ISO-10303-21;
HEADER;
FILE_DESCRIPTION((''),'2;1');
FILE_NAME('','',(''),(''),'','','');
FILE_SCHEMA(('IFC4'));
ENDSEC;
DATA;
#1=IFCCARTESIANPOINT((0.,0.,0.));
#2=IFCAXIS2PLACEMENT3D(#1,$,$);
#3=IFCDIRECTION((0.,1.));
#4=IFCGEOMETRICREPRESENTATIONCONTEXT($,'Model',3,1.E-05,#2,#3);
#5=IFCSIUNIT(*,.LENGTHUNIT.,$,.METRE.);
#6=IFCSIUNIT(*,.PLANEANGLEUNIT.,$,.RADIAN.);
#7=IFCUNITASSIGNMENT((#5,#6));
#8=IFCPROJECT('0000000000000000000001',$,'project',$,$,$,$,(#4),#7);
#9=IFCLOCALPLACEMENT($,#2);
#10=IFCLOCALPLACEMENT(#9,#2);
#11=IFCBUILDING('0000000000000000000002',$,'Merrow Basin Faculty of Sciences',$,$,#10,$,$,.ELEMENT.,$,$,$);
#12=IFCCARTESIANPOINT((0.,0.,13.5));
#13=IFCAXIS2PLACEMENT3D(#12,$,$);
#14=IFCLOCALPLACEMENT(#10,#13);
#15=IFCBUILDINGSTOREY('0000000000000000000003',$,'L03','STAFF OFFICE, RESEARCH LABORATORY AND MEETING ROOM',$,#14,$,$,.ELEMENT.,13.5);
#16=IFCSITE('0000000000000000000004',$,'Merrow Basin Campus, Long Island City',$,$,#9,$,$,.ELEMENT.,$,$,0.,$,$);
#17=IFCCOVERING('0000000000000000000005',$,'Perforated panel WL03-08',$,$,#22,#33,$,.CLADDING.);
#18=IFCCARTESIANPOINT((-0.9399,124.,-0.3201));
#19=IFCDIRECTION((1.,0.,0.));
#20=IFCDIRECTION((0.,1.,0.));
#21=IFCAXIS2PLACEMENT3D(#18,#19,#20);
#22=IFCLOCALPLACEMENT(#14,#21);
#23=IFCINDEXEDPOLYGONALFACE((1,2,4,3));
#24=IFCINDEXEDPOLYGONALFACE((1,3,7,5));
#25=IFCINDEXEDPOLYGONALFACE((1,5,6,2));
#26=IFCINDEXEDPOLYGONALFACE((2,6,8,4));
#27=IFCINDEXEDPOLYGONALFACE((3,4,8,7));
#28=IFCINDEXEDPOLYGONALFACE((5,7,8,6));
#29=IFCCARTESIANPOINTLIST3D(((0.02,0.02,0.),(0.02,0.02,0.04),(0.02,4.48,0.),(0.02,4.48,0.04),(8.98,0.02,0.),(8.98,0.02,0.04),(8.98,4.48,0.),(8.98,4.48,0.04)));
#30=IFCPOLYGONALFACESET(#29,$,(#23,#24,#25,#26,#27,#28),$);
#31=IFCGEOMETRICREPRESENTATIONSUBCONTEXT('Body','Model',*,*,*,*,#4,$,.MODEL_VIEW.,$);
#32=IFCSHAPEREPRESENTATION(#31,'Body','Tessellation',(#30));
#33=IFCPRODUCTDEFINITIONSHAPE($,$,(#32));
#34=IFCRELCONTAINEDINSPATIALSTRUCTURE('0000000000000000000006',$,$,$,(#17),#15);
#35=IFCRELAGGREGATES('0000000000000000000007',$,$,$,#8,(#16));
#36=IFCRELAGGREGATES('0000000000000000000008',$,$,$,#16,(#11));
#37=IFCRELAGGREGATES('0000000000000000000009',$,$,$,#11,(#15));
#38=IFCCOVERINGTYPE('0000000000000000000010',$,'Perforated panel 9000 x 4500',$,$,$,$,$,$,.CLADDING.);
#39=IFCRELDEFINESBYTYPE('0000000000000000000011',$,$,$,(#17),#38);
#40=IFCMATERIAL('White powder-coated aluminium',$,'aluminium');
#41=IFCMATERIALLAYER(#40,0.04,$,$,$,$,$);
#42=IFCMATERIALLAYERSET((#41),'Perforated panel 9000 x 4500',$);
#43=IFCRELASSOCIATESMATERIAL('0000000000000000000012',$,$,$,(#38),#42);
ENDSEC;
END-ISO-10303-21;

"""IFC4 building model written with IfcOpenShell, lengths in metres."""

from ifc_helpers import new_model, si_unit, direction, frame, origin, place, context, subcontext, project, spatial, polyline, outline, extrude, source, transform, mapped, material, layer, layer_set, type_object, element, save


model = new_model("IFC4")

# Units and contexts
model_context = context("Model", 3, precision=1e-05, world=origin(), true_north=direction((0.0, 1.0)))
body_context = subcontext(model_context, "Body", "Model", "MODEL_VIEW")
ifc_project = project(units=[si_unit("LENGTHUNIT", "METRE"), si_unit("PLANEANGLEUNIT", "RADIAN")], contexts=[model_context])

# Site, building, storey
site_placement = place(None, origin())
site = spatial("IfcSite", under=ifc_project, at=site_placement, Name="Merrow Basin Campus, Long Island City", CompositionType="ELEMENT", RefElevation=0.0)
building_placement = place(site_placement, origin())
building = spatial("IfcBuilding", under=site, at=building_placement, Name="Merrow Basin Faculty of Sciences", CompositionType="ELEMENT")
storey_placement = place(building_placement, frame((0.0, 0.0, 13.5)))
storey = spatial("IfcBuildingStorey", under=building, at=storey_placement, Name="L03", Description="STAFF OFFICE, RESEARCH LABORATORY AND MEETING ROOM", CompositionType="ELEMENT", Elevation=13.5)

# Covering
ifc_material_1 = material(Name="White powder-coated aluminium", Category="aluminium")
ifc_layer_1 = layer(ifc_material_1, 0.04)
ifc_layer_set_1 = layer_set([ifc_layer_1], Name="Perforated panel 9000 x 4500")
covering_type = type_object("IfcCoveringType", Name="Perforated panel 9000 x 4500", PredefinedType="CLADDING", material=ifc_layer_set_1)
shared_shape_1 = source(origin(), body_context, "Body", "SweptSolid", [
    extrude(outline(polyline([(0.02, 0.02), (8.98, 0.02), (8.98, 4.48), (0.02, 4.48), (0.02, 0.02)])), origin(), (0.0, 0.0, 1.0), 0.04),
])
covering_placement = place(storey_placement, frame((-0.9399, 124.0, -0.3201), z_axis=(1.0, 0.0, 0.0), x_axis=(0.0, 1.0, 0.0)))
element("IfcCovering", 1, at=covering_placement, inside=storey, type_object=covering_type, Name="Perforated panel WL03-08", PredefinedType="CLADDING", context=body_context, shape_type="MappedRepresentation", body=[
    mapped(shared_shape_1, transform((0.0, 0.0, 0.0), scale=1.0)),
])

save(model, "model.ifc")
